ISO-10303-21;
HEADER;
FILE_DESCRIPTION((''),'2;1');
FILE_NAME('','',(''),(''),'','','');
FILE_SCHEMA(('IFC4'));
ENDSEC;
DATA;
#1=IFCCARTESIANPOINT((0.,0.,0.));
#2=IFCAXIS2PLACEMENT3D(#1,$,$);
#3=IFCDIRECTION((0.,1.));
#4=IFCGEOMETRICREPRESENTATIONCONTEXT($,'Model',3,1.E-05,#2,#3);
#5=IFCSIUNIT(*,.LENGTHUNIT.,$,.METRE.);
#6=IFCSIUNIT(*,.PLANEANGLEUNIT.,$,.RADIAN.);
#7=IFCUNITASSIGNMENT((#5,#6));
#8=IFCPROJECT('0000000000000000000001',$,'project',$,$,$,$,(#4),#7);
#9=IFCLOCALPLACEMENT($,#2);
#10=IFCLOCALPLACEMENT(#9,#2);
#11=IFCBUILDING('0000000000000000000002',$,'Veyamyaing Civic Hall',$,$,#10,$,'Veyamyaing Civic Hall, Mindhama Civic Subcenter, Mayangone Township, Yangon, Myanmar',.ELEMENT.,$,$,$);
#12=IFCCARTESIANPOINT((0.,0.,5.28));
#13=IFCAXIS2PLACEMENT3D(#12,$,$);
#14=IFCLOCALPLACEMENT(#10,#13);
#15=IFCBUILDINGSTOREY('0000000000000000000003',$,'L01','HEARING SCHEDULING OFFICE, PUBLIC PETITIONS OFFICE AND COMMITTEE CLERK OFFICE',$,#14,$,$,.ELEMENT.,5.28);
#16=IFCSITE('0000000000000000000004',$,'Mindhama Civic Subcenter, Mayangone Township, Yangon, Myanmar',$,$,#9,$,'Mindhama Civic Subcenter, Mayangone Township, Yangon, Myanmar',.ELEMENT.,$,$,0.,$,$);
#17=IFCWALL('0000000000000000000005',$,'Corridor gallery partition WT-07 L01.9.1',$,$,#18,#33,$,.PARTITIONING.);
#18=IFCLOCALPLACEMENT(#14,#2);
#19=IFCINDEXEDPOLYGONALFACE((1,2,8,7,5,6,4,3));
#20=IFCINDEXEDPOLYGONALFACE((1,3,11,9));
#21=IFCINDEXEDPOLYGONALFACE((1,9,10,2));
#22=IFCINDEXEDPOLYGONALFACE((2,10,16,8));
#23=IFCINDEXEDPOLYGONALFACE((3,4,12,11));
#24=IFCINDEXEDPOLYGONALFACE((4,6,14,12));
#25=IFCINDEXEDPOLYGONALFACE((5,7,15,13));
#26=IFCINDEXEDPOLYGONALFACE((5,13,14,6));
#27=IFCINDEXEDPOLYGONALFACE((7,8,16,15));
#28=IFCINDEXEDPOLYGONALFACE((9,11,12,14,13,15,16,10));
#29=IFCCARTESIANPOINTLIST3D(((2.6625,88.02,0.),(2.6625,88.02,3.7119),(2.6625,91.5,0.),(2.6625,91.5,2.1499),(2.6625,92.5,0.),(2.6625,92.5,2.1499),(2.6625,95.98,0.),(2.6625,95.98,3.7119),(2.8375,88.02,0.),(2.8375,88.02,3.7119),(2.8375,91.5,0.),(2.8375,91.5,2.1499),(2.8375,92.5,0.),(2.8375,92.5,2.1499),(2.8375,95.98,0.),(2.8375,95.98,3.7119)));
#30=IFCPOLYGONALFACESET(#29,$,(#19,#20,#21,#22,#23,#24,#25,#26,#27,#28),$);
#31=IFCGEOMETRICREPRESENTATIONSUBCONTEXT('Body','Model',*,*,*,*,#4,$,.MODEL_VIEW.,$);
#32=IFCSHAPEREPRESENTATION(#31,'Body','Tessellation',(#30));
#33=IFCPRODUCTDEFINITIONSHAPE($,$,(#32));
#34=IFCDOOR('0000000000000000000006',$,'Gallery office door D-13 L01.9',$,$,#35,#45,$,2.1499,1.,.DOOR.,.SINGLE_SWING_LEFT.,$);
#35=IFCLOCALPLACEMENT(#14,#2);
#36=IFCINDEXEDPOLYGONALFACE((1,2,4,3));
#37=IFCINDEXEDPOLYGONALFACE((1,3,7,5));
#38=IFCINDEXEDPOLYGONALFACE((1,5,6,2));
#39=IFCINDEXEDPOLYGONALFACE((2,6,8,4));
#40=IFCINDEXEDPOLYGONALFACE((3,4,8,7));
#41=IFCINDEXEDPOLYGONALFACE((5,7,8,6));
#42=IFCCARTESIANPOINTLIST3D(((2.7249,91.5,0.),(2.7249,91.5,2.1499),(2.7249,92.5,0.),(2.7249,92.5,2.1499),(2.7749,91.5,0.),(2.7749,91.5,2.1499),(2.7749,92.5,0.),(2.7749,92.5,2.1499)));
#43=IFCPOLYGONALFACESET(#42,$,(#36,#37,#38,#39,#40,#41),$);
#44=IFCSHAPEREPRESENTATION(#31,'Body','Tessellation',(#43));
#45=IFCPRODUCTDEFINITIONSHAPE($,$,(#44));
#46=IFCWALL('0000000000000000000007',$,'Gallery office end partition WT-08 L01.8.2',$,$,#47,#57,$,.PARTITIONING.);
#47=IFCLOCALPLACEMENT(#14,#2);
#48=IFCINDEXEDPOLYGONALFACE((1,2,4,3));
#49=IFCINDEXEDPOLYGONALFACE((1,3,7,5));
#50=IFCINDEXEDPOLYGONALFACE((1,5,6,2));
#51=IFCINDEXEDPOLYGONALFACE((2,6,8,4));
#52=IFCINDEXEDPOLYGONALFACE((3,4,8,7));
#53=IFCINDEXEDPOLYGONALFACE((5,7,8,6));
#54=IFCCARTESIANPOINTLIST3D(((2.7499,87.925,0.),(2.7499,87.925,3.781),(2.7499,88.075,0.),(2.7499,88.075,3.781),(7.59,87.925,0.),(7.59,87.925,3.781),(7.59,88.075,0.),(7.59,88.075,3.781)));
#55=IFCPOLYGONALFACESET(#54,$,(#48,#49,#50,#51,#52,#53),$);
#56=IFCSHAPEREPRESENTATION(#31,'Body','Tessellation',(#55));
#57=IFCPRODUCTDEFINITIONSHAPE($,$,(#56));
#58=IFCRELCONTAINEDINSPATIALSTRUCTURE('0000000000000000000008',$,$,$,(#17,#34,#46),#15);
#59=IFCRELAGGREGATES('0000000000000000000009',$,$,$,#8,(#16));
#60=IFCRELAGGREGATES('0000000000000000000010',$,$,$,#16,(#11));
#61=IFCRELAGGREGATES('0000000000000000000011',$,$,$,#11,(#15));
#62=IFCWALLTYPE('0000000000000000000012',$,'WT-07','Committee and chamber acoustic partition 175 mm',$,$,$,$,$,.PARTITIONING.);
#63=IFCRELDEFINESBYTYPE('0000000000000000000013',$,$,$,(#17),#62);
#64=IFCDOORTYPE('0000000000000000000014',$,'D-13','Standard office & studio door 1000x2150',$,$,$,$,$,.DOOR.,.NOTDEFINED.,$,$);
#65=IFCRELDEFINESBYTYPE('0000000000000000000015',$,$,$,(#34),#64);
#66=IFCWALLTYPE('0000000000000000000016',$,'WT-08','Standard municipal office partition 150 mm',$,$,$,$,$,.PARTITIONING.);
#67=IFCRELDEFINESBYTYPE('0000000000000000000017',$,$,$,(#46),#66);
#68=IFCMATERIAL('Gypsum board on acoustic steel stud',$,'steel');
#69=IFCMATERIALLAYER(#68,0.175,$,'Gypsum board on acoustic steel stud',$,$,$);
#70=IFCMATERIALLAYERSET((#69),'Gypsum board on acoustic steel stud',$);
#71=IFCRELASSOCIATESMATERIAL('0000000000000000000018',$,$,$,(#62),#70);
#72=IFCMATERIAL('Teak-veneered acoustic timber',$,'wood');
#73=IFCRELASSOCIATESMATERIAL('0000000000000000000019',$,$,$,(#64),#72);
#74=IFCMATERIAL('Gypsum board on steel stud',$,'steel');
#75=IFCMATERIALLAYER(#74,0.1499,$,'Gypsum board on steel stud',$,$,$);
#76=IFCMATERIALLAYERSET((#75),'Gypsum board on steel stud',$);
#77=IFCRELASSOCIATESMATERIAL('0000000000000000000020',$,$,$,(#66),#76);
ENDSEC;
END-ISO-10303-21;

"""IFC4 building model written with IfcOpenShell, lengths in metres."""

from ifc_helpers import new_model, si_unit, direction, frame, frame_2d, origin, place, context, subcontext, project, spatial, rectangle, extrude, material, layer, layer_set, type_object, element, fill, save


model = new_model("IFC4")

# Units and contexts
model_context = context("Model", 3, precision=1e-05, world=origin(), true_north=direction((0.0, 1.0)))
body_context = subcontext(model_context, "Body", "Model", "MODEL_VIEW")
ifc_project = project(units=[si_unit("LENGTHUNIT", "METRE"), si_unit("PLANEANGLEUNIT", "RADIAN")], contexts=[model_context])

# Site, building, storey
site_placement = place(None, origin())
site = spatial("IfcSite", under=ifc_project, at=site_placement, Name="Mindhama Civic Subcenter, Mayangone Township, Yangon, Myanmar", LongName="Mindhama Civic Subcenter, Mayangone Township, Yangon, Myanmar", CompositionType="ELEMENT", RefElevation=0.0)
building_placement = place(site_placement, origin())
building = spatial("IfcBuilding", under=site, at=building_placement, Name="Veyamyaing Civic Hall", LongName="Veyamyaing Civic Hall, Mindhama Civic Subcenter, Mayangone Township, Yangon, Myanmar", CompositionType="ELEMENT")
storey_placement = place(building_placement, frame((0.0, 0.0, 5.28)))
storey = spatial("IfcBuildingStorey", under=building, at=storey_placement, Name="L01", Description="HEARING SCHEDULING OFFICE, PUBLIC PETITIONS OFFICE AND COMMITTEE CLERK OFFICE", CompositionType="ELEMENT", Elevation=5.28)

# Wall, opening, door
ifc_material_1 = material(Name="Gypsum board on acoustic steel stud", Category="steel")
ifc_layer_1 = layer(ifc_material_1, 0.175, Name="Gypsum board on acoustic steel stud")
ifc_layer_set_1 = layer_set([ifc_layer_1], Name="Gypsum board on acoustic steel stud")
wall_type_1 = type_object("IfcWallType", Name="WT-07", Description="Committee and chamber acoustic partition 175 mm", PredefinedType="PARTITIONING", material=ifc_layer_set_1)
wall_1_placement = place(storey_placement, frame((2.75, 88.02, 0.0), z_axis=(0.0, 0.0, 1.0), x_axis=(0.0, 1.0, 0.0)))
wall_1 = element("IfcWall", 1, at=wall_1_placement, inside=storey, type_object=wall_type_1, Name="Corridor gallery partition WT-07 L01.9.1", PredefinedType="PARTITIONING", context=body_context, shape_type="SweptSolid", body=[
    extrude(rectangle(XDim=7.96, YDim=0.175, at=frame_2d((3.98, 0.0))), origin(), (0.0, 0.0, 1.0), 3.7119),
])
opening_placement = place(wall_1_placement, frame((3.48, 0.0, 0.0)))
opening = element("IfcOpeningElement", 2, at=opening_placement, cuts=wall_1, PredefinedType="OPENING", context=body_context, shape_type="SweptSolid", body=[
    extrude(rectangle(XDim=1.0, YDim=2.1499, at=frame_2d((0.5, 1.075))), frame((0.0, 0.0974, 0.0), z_axis=(0.0, -1.0, 0.0), x_axis=(1.0, 0.0, 0.0)), (0.0, 0.0, 1.0), 0.1951),
])
ifc_material_2 = material(Name="Teak-veneered acoustic timber", Category="wood")
door_type = type_object("IfcDoorType", Name="D-13", Description="Standard office & studio door 1000x2150", OperationType="NOTDEFINED", PredefinedType="DOOR", material=ifc_material_2)
door_placement = place(opening_placement, frame((1.0, 0.0, 0.0), z_axis=(0.0, 0.0, 1.0), x_axis=(-1.0, 0.0, 0.0)))
door = element("IfcDoor", 3, at=door_placement, inside=storey, type_object=door_type, Name="Gallery office door D-13 L01.9", OperationType="SINGLE_SWING_LEFT", OverallHeight=2.1499, OverallWidth=1.0, PredefinedType="DOOR", context=body_context, shape_type="SweptSolid", body=[
    extrude(rectangle(XDim=1.0, YDim=2.1499, at=frame_2d((0.5, 1.075))), frame((0.0, 0.0249, 0.0), z_axis=(0.0, -1.0, 0.0), x_axis=(1.0, 0.0, 0.0)), (0.0, 0.0, 1.0), 0.05),
])
fill(opening, door)

# Wall
ifc_material_3 = material(Name="Gypsum board on steel stud", Category="steel")
ifc_layer_2 = layer(ifc_material_3, 0.1499, Name="Gypsum board on steel stud")
ifc_layer_set_2 = layer_set([ifc_layer_2], Name="Gypsum board on steel stud")
wall_type_2 = type_object("IfcWallType", Name="WT-08", Description="Standard municipal office partition 150 mm", PredefinedType="PARTITIONING", material=ifc_layer_set_2)
wall_2_placement = place(storey_placement, frame((2.75, 88.0, 0.0), z_axis=(0.0, 0.0, 1.0), x_axis=(1.0, 0.0, 0.0)))
element("IfcWall", 4, at=wall_2_placement, inside=storey, type_object=wall_type_2, Name="Gallery office end partition WT-08 L01.8.2", PredefinedType="PARTITIONING", context=body_context, shape_type="SweptSolid", body=[
    extrude(rectangle(XDim=4.8401, YDim=0.1499, at=frame_2d((2.4199, 0.0))), origin(), (0.0, 0.0, 1.0), 3.781),
])

save(model, "model.ifc")
